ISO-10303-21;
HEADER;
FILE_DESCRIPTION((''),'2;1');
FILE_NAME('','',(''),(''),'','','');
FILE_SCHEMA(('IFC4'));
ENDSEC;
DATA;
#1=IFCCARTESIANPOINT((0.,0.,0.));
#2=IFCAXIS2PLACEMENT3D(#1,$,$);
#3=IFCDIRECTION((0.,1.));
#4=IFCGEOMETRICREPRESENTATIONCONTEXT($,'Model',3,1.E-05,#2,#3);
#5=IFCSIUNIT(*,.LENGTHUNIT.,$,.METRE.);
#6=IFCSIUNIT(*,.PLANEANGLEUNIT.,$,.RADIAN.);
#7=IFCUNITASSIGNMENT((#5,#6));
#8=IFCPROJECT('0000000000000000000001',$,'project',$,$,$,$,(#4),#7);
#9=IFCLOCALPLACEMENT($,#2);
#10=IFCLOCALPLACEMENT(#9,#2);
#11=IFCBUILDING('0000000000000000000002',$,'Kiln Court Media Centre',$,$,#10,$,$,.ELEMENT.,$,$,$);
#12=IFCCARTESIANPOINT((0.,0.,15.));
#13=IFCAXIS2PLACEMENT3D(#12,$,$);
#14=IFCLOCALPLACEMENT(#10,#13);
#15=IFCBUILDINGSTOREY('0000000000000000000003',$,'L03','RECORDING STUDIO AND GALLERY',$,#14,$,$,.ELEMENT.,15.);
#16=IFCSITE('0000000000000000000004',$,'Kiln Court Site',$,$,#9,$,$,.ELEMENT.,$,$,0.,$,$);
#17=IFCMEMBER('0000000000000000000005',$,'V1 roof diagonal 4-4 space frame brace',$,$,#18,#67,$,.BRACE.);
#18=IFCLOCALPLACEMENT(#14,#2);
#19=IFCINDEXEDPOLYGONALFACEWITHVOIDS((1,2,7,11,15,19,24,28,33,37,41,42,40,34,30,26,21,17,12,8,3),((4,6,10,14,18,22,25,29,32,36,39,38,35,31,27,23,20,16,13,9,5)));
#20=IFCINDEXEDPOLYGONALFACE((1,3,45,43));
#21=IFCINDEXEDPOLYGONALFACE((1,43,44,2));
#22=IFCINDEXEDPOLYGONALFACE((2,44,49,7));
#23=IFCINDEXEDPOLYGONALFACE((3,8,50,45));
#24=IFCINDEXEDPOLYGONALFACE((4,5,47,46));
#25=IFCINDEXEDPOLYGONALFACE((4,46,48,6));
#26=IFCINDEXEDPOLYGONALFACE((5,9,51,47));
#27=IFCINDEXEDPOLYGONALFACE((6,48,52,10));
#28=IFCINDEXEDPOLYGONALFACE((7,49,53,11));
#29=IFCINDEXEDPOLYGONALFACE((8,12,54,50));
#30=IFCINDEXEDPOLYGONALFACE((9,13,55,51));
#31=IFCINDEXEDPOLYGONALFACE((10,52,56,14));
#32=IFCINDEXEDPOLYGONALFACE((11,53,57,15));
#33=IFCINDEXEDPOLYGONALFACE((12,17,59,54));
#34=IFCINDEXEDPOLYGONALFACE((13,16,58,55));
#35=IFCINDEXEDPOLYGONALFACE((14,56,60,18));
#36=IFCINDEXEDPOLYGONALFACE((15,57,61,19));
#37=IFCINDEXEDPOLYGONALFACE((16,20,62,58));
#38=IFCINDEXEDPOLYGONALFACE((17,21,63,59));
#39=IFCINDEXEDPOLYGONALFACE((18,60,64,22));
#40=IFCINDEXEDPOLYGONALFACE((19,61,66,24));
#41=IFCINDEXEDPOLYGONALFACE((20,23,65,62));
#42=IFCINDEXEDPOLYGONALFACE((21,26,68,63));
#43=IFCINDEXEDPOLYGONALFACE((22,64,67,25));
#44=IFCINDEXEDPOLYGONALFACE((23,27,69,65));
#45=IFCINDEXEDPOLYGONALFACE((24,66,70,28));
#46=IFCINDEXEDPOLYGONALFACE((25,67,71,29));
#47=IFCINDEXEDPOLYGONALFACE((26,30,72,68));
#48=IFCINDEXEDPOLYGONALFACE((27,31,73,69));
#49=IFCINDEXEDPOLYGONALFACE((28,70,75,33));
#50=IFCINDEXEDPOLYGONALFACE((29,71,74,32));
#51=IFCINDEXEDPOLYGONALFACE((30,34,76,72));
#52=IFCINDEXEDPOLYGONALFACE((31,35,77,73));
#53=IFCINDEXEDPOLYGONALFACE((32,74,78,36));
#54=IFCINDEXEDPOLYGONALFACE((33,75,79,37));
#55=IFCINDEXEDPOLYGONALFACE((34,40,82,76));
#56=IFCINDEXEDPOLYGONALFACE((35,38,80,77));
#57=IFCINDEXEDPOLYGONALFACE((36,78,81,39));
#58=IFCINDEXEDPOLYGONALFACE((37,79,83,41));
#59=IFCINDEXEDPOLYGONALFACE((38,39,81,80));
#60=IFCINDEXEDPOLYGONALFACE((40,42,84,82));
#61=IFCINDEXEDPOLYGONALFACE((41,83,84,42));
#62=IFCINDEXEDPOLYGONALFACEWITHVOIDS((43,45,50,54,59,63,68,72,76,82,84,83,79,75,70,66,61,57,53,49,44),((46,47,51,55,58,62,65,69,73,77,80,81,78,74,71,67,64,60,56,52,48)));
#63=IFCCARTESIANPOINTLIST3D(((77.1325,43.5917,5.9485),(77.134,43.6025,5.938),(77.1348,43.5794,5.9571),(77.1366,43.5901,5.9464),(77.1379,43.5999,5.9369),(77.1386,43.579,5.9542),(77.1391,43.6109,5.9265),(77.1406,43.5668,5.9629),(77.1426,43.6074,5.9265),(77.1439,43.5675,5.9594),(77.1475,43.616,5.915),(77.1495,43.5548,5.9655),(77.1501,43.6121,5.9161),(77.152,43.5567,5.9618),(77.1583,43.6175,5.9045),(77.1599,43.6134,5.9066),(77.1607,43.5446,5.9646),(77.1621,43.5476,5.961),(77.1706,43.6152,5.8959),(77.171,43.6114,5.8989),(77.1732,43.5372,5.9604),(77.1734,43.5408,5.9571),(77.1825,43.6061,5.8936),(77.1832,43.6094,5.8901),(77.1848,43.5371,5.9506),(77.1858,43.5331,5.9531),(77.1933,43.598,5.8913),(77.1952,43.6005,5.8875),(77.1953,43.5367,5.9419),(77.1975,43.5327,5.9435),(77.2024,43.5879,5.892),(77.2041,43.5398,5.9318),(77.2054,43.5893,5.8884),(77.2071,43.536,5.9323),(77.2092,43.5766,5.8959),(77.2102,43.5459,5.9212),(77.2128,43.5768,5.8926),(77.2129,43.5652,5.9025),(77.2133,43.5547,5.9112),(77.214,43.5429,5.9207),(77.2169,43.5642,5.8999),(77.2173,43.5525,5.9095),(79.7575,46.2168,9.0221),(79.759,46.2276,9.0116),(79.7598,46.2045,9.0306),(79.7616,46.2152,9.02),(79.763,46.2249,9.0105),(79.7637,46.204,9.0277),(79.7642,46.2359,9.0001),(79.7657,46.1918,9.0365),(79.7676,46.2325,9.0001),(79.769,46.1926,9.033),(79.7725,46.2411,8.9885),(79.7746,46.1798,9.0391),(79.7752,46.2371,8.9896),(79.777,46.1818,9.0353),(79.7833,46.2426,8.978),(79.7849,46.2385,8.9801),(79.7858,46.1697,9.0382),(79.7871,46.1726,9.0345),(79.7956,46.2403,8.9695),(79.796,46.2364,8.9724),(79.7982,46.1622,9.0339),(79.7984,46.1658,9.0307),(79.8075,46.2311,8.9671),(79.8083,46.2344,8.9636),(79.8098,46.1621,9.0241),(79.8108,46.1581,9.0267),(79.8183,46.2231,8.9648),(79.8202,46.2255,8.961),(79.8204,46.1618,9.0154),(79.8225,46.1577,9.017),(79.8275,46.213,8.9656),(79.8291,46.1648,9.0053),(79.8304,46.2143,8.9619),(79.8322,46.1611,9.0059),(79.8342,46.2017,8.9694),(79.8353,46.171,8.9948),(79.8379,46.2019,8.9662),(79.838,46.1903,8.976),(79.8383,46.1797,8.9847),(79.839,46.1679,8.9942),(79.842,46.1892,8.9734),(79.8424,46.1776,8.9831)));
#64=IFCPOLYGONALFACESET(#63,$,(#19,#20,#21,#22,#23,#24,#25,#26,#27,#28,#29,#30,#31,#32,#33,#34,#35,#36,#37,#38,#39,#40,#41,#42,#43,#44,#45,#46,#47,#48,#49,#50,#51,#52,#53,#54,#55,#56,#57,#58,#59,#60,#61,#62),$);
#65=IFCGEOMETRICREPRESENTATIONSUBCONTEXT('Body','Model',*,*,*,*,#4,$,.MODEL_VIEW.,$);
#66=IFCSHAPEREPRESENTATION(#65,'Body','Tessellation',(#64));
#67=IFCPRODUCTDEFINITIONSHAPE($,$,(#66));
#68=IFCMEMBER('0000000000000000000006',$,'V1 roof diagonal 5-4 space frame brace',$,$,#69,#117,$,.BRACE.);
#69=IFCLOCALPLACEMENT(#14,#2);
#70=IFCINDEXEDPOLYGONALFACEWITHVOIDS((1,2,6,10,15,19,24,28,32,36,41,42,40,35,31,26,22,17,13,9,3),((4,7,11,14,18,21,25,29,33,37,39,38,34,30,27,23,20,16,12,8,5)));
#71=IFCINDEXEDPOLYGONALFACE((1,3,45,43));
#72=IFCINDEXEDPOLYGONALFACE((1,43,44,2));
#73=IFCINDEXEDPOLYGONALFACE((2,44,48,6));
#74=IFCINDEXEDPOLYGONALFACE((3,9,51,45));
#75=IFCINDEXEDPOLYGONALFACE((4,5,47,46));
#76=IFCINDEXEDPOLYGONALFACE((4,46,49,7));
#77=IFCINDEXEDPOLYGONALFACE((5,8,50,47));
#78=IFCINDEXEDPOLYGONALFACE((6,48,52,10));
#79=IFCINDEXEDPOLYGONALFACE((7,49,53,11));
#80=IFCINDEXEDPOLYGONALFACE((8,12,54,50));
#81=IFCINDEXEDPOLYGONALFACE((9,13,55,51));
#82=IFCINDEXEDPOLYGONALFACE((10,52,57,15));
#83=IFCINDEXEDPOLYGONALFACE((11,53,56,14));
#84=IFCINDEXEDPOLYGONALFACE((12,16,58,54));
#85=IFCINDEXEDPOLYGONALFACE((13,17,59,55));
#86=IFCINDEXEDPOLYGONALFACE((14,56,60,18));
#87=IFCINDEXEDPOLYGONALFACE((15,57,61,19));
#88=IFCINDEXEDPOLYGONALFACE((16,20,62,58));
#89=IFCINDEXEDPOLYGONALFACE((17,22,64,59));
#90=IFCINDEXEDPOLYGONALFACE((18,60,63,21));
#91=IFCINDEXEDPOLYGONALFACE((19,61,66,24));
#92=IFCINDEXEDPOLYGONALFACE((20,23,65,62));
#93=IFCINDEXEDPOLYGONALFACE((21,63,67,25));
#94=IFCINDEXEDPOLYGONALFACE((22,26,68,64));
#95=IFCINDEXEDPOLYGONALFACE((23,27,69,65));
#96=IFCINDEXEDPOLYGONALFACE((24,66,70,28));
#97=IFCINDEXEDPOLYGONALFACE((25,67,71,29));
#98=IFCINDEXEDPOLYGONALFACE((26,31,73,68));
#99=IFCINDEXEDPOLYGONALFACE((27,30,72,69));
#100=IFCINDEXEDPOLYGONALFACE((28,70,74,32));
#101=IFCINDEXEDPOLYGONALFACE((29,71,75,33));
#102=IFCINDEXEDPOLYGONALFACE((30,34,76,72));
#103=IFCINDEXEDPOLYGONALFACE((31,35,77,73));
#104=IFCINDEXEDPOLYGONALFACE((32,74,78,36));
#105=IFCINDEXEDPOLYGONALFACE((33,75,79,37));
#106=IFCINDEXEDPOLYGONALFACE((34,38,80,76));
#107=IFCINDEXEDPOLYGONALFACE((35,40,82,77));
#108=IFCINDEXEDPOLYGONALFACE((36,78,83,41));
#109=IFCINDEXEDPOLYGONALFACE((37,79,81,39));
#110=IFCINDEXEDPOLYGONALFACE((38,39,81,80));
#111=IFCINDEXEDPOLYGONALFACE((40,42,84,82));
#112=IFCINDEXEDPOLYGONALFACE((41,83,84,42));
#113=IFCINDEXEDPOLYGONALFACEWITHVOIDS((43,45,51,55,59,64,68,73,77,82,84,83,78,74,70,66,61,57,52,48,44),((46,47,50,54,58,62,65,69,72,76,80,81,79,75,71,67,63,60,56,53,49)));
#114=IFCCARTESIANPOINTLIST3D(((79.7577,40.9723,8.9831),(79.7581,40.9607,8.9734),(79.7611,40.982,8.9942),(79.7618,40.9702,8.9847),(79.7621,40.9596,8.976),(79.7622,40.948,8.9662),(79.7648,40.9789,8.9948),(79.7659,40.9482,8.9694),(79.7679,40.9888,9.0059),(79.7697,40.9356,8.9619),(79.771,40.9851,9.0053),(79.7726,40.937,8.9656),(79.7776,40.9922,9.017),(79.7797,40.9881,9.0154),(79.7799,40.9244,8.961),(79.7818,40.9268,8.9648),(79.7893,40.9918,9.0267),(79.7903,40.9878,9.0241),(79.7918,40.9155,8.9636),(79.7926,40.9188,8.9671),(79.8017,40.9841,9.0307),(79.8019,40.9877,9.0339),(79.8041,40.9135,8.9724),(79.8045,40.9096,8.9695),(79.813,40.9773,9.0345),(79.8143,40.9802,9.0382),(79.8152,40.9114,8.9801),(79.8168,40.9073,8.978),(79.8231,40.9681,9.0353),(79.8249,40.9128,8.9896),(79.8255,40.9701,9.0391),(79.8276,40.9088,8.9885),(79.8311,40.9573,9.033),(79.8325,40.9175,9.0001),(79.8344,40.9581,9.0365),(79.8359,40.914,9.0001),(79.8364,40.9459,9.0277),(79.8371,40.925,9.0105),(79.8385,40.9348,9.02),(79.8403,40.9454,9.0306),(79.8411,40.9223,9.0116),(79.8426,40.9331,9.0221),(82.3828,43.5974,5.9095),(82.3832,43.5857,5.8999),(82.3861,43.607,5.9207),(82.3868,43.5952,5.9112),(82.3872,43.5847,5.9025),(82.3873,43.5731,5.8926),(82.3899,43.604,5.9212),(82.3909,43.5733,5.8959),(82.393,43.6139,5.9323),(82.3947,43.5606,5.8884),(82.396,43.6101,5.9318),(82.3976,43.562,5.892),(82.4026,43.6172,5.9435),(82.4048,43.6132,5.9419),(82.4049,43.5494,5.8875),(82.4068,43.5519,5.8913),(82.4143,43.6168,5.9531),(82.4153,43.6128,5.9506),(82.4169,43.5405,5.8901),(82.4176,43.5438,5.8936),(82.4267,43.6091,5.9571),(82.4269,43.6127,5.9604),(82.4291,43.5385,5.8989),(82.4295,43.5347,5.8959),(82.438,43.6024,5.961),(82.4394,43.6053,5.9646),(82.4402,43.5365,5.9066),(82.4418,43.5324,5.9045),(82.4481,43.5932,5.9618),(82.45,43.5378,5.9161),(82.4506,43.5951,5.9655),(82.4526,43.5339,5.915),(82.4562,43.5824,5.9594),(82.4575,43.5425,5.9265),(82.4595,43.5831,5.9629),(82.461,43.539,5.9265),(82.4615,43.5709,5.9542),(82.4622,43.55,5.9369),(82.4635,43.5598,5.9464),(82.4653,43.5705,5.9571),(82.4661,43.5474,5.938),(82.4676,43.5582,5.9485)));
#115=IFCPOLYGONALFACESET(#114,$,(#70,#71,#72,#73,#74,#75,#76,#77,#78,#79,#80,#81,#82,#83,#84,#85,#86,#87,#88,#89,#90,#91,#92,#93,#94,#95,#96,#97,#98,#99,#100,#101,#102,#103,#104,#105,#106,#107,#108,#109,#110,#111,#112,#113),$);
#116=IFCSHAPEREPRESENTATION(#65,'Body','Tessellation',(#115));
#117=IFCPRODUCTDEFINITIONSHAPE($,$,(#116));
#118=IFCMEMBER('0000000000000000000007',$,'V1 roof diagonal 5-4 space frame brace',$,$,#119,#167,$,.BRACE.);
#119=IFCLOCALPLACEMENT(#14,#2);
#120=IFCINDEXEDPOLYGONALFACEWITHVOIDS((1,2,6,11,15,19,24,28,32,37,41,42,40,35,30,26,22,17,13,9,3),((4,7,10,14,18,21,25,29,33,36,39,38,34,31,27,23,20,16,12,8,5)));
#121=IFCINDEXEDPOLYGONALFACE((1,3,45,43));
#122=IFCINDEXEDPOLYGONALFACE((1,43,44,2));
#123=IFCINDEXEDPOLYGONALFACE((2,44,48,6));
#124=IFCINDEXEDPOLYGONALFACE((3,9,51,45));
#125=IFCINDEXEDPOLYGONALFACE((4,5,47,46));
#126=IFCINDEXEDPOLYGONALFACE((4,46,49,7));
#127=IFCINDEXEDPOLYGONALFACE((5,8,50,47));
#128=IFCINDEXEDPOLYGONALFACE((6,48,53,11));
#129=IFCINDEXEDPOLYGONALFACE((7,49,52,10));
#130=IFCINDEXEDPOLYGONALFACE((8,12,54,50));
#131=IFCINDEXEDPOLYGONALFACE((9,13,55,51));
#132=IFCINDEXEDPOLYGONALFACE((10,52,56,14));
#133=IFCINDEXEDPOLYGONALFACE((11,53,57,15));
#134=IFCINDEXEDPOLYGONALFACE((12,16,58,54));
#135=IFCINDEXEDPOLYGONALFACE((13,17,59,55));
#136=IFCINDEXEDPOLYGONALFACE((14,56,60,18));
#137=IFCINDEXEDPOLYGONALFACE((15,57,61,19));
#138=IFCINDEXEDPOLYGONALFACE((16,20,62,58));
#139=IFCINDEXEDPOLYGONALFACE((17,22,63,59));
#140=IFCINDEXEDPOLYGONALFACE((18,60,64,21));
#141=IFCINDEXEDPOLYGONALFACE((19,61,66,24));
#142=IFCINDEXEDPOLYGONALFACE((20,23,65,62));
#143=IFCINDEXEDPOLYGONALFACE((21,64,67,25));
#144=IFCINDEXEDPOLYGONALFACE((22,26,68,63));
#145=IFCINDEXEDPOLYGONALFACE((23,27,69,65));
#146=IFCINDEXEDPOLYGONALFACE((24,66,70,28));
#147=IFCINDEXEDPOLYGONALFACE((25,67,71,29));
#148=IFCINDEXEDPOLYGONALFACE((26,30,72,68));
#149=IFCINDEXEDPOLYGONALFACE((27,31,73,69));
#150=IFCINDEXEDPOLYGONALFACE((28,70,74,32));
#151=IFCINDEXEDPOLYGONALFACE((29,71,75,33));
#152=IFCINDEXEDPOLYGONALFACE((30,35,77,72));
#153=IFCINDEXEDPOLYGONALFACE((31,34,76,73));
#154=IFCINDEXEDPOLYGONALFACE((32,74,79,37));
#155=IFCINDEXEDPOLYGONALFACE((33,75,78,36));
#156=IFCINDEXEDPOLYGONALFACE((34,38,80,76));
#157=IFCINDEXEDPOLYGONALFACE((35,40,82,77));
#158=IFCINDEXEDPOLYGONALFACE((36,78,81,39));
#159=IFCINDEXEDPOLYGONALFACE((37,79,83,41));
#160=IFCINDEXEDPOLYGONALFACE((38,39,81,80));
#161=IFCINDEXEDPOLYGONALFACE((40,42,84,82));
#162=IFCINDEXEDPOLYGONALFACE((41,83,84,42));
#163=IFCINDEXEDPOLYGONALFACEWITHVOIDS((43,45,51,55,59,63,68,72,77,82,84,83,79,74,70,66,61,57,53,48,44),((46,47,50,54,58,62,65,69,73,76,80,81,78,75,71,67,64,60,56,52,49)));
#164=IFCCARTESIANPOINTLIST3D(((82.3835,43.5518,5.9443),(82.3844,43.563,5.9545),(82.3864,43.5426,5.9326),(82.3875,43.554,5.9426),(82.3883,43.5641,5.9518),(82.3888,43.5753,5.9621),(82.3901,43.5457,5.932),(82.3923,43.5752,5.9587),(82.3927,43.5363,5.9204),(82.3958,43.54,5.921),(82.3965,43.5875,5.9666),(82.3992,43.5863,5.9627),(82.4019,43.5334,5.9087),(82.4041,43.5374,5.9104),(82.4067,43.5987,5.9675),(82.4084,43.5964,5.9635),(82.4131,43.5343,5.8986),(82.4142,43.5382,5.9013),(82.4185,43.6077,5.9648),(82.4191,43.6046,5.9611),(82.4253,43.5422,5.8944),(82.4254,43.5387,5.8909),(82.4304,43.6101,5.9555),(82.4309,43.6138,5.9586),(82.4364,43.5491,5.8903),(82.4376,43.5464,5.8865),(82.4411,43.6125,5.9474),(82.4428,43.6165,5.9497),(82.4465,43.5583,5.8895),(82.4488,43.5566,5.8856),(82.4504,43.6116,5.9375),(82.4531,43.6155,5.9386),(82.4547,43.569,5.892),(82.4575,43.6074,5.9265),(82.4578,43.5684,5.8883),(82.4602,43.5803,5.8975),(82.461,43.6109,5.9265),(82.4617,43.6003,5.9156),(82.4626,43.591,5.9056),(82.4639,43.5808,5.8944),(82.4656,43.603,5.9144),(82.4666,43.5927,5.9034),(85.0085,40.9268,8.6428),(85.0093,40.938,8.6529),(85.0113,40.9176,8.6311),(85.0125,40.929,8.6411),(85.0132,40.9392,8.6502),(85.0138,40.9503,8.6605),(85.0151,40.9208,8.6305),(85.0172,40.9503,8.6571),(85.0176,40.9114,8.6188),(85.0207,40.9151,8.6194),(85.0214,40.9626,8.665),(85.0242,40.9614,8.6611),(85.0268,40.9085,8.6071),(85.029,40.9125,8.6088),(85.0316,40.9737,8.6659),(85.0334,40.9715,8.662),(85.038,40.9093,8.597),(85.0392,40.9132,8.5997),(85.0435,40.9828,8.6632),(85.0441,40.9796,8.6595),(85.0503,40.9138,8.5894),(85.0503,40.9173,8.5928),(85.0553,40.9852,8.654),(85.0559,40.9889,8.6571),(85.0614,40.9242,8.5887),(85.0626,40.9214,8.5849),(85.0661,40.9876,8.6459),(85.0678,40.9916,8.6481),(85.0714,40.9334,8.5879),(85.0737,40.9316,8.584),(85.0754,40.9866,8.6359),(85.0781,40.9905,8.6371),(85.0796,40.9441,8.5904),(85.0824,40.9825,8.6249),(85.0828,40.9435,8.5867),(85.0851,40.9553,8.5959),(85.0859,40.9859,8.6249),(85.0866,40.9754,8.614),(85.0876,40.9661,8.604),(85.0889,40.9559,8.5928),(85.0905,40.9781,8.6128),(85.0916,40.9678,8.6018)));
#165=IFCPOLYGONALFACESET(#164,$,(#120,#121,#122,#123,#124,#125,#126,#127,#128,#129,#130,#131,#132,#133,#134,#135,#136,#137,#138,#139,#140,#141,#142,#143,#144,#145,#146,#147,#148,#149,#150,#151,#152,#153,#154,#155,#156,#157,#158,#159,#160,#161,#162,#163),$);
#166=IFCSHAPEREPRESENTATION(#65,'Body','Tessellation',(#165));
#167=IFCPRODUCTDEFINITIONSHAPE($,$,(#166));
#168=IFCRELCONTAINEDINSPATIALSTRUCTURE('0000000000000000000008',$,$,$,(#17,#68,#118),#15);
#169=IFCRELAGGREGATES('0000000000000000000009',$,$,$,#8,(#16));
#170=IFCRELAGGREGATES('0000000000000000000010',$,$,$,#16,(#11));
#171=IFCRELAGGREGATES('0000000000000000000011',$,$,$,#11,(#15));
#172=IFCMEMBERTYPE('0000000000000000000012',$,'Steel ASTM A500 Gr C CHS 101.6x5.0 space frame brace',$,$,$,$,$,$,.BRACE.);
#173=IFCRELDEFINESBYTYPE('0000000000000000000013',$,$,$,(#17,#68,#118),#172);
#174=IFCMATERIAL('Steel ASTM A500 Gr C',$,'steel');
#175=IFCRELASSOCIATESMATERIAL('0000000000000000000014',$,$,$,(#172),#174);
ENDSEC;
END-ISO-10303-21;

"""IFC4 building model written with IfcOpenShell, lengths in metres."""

from ifc_helpers import new_model, si_unit, direction, frame, origin, origin_2d, place, context, subcontext, project, spatial, hollow_circle, extrude, material, material_profile, profile_set, type_object, element, save


model = new_model("IFC4")

# Units and contexts
model_context = context("Model", 3, precision=1e-05, world=origin(), true_north=direction((0.0, 1.0)))
body_context = subcontext(model_context, "Body", "Model", "MODEL_VIEW")
ifc_project = project(units=[si_unit("LENGTHUNIT", "METRE"), si_unit("PLANEANGLEUNIT", "RADIAN")], contexts=[model_context])

# Site, building, storey
site_placement = place(None, origin())
site = spatial("IfcSite", under=ifc_project, at=site_placement, Name="Kiln Court Site", CompositionType="ELEMENT", RefElevation=0.0)
building_placement = place(site_placement, origin())
building = spatial("IfcBuilding", under=site, at=building_placement, Name="Kiln Court Media Centre", CompositionType="ELEMENT")
storey_placement = place(building_placement, frame((0.0, 0.0, 15.0)))
storey = spatial("IfcBuildingStorey", under=building, at=storey_placement, Name="L03", Description="RECORDING STUDIO AND GALLERY", CompositionType="ELEMENT", Elevation=15.0)

# Members
ifc_material_1 = material(Name="Steel ASTM A500 Gr C", Category="steel")
ifc_material_profile_1 = material_profile(ifc_material_1, hollow_circle(Radius=0.0508, WallThickness=0.0049, at=origin_2d()), Name="CHS 101.6x5.0")
ifc_profile_set_1 = profile_set([ifc_material_profile_1], Name="Steel ASTM A500 Gr C")
member_type_1 = type_object("IfcMemberType", Name="Steel ASTM A500 Gr C CHS 101.6x5.0 space frame brace", PredefinedType="BRACE", material=ifc_profile_set_1)
for number, where, z_axis, x_axis, name in (
    (1, (77.175, 43.575, 5.9265), (0.544662, 0.544662, 0.637719), (-0.707107, 0.707107, 0.0), "V1 roof diagonal 4-4 space frame brace"),
    (2, (82.425, 43.575, 5.9265), (-0.544662, -0.544662, 0.637719), (0.707107, -0.707107, 0.0), "V1 roof diagonal 5-4 space frame brace"),
):
    element("IfcMember", number, at=place(storey_placement, frame(where, z_axis=z_axis, x_axis=x_axis)), inside=storey, type_object=member_type_1, Name=name, PredefinedType="BRACE", context=body_context, shape_type="SweptSolid", body=[
        extrude(hollow_circle(Radius=0.0508, WallThickness=0.0049, at=origin_2d()), origin(), (0.0, 0.0, 1.0), 4.8196),
    ])
member_1_placement = place(storey_placement, frame((82.425, 43.575, 5.9265), z_axis=(0.571964, -0.571964, 0.587976), x_axis=(0.707107, 0.707107, 0.0)))
element("IfcMember", 3, at=member_1_placement, inside=storey, type_object=member_type_1, Name="V1 roof diagonal 5-4 space frame brace", PredefinedType="BRACE", context=body_context, shape_type="SweptSolid", body=[
    extrude(hollow_circle(Radius=0.0508, WallThickness=0.0049, at=origin_2d()), origin(), (0.0, 0.0, 1.0), 4.5894),
])

save(model, "model.ifc")
